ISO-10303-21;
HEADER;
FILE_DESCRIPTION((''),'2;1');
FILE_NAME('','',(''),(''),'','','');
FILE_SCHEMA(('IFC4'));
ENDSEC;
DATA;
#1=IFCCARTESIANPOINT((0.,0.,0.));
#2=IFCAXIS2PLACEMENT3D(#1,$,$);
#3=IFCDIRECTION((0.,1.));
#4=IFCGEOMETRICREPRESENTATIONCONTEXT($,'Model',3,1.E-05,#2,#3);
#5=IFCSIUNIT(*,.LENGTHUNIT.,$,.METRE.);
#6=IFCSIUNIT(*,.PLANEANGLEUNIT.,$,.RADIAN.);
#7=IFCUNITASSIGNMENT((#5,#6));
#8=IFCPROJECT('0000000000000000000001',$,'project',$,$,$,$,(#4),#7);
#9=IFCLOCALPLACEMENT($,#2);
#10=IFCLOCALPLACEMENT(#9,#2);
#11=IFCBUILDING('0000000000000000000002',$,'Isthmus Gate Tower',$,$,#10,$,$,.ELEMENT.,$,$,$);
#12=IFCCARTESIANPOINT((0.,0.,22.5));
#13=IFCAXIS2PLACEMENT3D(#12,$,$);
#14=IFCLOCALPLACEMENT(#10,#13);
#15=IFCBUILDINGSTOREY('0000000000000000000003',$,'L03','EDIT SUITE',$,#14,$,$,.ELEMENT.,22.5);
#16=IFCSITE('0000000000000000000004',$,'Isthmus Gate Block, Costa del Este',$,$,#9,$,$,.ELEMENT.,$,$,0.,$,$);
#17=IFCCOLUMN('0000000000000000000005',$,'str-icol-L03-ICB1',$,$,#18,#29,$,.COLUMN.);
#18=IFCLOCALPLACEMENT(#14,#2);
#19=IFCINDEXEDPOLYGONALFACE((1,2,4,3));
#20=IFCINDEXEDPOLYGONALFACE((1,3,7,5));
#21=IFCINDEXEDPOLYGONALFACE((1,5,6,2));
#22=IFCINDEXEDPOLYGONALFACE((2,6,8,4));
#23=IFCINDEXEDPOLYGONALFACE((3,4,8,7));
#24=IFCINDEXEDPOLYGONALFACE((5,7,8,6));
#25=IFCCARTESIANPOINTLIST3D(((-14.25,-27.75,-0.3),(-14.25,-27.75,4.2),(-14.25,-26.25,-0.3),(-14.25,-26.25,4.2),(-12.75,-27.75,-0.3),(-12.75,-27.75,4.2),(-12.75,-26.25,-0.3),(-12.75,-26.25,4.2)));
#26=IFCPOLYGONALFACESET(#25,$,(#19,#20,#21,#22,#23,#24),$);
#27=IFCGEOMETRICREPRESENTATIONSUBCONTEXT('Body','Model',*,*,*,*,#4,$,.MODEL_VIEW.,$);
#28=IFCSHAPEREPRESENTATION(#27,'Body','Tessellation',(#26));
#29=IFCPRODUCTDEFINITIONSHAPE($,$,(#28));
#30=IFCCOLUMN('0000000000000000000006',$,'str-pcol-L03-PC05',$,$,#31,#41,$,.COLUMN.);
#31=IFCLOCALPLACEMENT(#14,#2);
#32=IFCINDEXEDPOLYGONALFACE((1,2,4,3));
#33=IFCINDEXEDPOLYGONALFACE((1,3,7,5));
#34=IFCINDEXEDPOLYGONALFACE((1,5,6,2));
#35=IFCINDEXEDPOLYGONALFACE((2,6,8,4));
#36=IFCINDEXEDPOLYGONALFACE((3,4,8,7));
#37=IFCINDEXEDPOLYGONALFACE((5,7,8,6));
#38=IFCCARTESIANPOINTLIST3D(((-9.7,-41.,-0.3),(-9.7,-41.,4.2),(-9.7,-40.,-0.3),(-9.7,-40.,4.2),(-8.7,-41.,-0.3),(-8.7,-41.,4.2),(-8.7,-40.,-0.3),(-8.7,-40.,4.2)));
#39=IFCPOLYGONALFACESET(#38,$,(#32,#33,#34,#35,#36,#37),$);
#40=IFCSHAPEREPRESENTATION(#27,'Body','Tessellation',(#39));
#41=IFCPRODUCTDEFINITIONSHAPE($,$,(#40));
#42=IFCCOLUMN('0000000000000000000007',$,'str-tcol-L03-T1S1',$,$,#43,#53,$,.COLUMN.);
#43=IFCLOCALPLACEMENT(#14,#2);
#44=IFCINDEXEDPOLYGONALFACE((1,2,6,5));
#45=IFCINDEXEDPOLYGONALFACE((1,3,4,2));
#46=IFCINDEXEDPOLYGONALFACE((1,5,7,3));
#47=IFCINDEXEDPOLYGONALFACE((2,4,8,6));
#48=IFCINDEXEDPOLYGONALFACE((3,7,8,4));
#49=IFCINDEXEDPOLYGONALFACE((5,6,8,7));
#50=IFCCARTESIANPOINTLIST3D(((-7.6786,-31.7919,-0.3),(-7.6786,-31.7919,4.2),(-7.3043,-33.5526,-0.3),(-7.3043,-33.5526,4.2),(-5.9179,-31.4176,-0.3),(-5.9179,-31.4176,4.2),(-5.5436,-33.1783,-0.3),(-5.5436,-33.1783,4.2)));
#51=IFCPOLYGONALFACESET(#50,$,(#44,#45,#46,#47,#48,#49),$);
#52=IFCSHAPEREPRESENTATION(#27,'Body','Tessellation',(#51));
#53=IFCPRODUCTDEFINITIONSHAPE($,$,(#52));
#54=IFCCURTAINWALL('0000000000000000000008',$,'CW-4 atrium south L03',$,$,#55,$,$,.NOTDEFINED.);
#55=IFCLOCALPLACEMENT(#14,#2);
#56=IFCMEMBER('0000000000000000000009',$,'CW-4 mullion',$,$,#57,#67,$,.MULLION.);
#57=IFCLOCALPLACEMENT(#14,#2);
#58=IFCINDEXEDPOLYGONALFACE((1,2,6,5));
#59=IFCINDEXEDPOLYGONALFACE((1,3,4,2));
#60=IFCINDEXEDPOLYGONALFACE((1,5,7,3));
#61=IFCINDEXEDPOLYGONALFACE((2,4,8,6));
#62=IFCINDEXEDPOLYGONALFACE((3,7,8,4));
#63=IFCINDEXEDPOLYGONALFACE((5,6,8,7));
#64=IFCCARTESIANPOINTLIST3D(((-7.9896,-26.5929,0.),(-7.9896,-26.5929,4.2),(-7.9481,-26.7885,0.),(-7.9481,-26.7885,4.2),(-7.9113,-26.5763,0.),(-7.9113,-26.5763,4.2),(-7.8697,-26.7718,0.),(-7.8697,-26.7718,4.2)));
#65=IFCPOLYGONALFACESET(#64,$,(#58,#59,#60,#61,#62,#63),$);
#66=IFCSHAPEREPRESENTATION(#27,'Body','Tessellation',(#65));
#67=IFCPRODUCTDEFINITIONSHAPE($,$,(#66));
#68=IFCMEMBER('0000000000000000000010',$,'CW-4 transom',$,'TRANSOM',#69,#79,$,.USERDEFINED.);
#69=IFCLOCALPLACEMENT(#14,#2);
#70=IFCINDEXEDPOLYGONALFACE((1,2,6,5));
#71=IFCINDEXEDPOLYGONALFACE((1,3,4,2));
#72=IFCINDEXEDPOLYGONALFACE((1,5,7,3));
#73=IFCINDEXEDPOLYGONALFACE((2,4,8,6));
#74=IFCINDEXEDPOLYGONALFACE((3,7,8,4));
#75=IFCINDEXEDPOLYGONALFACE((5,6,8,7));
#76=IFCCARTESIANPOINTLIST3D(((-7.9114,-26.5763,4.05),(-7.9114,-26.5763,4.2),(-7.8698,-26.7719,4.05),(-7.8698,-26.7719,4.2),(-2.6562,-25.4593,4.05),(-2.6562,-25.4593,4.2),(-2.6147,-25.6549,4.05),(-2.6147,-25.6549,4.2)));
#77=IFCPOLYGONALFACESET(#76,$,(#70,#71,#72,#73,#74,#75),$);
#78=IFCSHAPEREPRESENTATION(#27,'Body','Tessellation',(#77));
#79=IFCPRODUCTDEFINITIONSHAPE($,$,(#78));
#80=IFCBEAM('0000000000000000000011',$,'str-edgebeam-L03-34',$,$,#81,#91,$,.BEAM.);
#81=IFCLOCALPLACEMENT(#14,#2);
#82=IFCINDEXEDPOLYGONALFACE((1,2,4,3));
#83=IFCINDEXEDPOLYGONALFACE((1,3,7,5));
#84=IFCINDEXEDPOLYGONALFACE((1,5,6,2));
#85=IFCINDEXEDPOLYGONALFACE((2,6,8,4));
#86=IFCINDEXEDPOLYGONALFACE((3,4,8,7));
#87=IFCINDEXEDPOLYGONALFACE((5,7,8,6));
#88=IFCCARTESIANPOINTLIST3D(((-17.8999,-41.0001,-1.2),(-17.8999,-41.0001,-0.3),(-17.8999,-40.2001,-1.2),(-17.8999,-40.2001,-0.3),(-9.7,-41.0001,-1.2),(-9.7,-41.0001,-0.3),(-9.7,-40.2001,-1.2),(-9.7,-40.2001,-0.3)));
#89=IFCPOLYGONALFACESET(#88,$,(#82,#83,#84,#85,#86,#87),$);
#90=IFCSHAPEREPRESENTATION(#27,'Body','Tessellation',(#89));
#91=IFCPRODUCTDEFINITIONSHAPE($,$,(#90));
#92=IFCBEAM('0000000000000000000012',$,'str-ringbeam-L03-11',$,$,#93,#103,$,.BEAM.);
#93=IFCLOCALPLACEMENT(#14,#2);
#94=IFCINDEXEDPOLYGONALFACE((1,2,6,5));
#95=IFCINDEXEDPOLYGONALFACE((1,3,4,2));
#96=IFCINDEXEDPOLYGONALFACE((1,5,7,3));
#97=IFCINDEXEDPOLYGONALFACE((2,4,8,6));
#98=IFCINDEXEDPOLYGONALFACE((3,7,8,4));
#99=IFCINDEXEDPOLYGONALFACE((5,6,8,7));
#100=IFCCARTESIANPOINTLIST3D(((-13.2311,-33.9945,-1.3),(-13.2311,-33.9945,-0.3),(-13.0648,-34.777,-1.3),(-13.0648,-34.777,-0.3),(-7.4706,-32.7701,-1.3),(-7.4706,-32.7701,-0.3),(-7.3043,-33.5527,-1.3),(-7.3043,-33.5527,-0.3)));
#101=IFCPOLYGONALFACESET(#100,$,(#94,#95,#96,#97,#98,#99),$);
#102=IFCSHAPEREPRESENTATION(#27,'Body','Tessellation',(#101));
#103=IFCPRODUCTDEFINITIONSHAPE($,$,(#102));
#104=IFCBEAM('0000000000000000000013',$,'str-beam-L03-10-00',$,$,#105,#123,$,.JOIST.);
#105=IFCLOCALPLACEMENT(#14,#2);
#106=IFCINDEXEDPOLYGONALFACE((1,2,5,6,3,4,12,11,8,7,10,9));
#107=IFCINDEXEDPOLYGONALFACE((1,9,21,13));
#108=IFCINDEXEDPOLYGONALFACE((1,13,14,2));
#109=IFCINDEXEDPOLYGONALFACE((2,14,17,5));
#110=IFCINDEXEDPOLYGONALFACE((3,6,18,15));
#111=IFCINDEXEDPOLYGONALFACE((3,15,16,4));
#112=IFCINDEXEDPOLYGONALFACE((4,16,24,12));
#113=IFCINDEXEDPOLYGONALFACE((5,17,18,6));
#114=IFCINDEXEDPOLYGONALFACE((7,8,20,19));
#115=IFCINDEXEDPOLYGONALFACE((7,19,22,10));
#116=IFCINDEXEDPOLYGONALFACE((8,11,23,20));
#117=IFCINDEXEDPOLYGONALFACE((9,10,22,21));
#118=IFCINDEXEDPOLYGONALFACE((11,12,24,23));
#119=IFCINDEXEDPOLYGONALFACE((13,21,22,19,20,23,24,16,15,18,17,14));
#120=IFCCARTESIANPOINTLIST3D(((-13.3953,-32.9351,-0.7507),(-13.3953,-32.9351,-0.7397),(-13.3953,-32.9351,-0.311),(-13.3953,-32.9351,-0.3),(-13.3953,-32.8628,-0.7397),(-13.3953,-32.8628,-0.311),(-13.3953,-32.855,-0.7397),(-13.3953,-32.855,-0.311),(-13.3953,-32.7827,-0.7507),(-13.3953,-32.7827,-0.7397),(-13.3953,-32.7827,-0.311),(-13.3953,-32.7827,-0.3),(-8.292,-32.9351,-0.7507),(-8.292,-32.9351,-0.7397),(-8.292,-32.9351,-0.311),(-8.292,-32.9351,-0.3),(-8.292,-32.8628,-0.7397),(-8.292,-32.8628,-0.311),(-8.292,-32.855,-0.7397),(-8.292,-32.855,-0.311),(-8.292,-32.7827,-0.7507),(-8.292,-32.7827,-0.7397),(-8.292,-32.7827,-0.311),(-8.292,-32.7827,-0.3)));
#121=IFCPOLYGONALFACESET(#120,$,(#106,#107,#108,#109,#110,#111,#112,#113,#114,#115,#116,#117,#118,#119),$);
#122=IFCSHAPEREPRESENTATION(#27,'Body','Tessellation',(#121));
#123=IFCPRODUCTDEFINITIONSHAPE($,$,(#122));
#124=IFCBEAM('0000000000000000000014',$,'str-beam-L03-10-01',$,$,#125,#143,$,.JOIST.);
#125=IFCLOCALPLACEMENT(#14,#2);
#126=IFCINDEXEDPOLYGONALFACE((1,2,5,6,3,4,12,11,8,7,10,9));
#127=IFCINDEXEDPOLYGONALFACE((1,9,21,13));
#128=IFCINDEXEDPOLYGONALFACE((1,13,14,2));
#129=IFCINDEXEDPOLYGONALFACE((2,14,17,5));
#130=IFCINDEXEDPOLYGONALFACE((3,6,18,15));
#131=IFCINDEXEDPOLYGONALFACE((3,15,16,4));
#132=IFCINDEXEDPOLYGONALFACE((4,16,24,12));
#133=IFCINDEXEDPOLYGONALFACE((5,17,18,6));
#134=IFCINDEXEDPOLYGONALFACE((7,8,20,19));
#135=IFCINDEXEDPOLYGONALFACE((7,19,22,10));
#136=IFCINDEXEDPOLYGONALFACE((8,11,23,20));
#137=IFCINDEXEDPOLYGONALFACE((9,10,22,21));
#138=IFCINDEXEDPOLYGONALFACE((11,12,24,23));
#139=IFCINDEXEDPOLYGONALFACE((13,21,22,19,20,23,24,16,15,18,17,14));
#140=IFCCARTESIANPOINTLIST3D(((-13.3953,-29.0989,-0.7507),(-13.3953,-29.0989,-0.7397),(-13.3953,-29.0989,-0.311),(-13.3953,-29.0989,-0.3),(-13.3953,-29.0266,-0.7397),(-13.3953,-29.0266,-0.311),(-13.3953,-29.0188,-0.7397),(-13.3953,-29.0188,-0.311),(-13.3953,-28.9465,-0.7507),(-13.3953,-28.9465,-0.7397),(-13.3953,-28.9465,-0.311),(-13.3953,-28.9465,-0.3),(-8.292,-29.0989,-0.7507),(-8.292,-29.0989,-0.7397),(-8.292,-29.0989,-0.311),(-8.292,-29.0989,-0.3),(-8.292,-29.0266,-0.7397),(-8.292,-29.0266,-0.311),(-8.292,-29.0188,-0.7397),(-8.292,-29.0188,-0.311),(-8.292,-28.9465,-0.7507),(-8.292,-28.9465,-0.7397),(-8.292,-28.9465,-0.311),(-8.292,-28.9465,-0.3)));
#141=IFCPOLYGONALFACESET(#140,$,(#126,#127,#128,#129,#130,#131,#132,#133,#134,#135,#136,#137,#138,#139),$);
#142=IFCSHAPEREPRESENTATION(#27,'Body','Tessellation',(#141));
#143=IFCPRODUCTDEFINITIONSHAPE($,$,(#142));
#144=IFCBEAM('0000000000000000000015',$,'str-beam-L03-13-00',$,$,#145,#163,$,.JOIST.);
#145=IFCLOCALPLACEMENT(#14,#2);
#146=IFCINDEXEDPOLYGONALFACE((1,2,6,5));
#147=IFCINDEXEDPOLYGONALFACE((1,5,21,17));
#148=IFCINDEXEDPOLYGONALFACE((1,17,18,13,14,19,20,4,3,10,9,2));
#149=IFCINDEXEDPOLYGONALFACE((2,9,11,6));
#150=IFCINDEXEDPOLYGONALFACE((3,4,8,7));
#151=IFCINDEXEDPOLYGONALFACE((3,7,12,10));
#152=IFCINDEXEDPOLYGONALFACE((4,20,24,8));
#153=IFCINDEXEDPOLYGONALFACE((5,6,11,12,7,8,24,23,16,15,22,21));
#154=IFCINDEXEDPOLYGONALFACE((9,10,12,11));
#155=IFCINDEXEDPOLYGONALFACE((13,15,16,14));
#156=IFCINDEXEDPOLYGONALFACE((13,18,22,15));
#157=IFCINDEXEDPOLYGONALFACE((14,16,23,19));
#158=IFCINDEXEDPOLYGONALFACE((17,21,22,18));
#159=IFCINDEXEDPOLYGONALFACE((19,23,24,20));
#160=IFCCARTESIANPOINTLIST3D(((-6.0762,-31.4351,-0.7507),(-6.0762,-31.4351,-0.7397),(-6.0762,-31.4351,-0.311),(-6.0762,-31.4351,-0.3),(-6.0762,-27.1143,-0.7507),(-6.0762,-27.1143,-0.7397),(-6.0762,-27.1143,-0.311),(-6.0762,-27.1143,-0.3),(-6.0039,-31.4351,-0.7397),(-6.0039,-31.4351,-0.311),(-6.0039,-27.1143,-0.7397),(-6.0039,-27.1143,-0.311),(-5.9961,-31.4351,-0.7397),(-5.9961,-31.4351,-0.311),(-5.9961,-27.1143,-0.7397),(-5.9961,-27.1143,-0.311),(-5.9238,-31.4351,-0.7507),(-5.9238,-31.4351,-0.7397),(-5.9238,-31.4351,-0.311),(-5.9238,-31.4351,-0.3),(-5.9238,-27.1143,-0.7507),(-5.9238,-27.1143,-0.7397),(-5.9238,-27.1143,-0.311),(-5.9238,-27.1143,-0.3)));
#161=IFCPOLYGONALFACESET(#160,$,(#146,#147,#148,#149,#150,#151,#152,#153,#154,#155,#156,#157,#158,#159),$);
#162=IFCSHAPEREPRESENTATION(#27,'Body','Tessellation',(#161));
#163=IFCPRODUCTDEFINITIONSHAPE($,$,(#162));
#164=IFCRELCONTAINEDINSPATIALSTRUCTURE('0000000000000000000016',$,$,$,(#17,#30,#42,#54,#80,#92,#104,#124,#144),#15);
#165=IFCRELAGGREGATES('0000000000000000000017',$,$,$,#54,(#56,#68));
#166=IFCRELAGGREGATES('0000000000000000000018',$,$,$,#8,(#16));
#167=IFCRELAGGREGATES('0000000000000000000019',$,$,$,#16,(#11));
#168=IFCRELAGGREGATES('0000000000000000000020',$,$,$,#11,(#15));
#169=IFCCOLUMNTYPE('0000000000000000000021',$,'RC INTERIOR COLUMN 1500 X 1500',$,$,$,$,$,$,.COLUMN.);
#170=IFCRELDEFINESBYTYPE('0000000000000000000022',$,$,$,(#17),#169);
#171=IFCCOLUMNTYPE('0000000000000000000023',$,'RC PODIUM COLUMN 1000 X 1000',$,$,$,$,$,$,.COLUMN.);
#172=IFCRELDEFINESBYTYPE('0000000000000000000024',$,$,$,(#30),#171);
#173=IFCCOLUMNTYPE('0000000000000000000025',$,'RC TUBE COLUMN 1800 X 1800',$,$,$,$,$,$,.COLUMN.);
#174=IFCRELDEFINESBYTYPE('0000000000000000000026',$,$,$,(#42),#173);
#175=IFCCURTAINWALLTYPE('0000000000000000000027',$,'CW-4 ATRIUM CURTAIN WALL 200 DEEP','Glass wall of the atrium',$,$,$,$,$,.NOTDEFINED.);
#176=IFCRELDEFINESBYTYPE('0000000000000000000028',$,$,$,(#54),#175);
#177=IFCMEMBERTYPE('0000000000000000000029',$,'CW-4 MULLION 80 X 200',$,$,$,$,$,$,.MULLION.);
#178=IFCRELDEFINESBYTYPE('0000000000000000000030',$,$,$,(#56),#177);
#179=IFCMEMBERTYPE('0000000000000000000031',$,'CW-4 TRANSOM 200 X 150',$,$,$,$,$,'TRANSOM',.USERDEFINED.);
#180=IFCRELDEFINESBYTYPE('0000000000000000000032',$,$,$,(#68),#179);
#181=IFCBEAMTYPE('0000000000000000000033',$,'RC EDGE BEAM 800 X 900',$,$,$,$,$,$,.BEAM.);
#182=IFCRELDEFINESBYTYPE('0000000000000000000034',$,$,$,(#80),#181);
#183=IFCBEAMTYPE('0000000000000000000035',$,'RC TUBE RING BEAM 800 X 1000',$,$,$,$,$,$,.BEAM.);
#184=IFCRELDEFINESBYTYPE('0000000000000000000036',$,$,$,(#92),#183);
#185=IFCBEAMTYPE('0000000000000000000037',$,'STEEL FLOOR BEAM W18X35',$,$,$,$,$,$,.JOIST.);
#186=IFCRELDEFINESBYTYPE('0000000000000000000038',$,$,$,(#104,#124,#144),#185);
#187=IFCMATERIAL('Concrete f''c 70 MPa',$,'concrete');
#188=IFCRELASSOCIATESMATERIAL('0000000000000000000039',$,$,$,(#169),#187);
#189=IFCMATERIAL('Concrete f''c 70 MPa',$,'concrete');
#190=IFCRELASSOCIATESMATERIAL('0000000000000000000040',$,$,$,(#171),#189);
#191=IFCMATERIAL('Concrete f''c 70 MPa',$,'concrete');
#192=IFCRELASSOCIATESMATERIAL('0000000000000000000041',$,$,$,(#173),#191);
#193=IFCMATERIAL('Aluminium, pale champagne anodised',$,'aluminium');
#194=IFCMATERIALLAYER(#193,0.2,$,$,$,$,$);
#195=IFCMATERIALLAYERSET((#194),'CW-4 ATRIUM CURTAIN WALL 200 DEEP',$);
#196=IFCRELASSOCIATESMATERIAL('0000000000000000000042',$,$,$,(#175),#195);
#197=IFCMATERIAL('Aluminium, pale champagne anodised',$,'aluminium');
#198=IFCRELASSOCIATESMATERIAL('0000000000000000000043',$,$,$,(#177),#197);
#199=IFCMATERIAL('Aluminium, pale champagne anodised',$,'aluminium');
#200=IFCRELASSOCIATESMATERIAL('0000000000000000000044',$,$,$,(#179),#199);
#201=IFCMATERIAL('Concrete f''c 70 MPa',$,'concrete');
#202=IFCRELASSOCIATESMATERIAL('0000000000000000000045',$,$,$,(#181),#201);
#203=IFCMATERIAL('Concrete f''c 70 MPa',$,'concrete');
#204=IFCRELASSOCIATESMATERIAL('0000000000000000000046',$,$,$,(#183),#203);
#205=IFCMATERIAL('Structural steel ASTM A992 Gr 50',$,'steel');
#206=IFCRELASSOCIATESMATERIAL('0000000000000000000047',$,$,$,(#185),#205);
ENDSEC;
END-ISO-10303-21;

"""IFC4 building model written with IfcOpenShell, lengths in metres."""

from ifc_helpers import new_model, si_unit, direction, frame, origin, origin_2d, place, context, subcontext, project, spatial, rectangle, i_section, extrude, material, layer, layer_set, material_profile, profile_set, type_object, element, aggregate, save


model = new_model("IFC4")

# Units and contexts
model_context = context("Model", 3, precision=1e-05, world=origin(), true_north=direction((0.0, 1.0)))
body_context = subcontext(model_context, "Body", "Model", "MODEL_VIEW")
ifc_project = project(units=[si_unit("LENGTHUNIT", "METRE"), si_unit("PLANEANGLEUNIT", "RADIAN")], contexts=[model_context])

# Site, building, storey
site_placement = place(None, origin())
site = spatial("IfcSite", under=ifc_project, at=site_placement, Name="Isthmus Gate Block, Costa del Este", CompositionType="ELEMENT", RefElevation=0.0)
building_placement = place(site_placement, origin())
building = spatial("IfcBuilding", under=site, at=building_placement, Name="Isthmus Gate Tower", CompositionType="ELEMENT")
storey_placement = place(building_placement, frame((0.0, 0.0, 22.5)))
storey = spatial("IfcBuildingStorey", under=building, at=storey_placement, Name="L03", Description="EDIT SUITE", CompositionType="ELEMENT", Elevation=22.5)

# Columns
ifc_material_1 = material(Name="Concrete f'c 70 MPa", Category="concrete")
ifc_material_profile_1 = material_profile(ifc_material_1, rectangle(XDim=1.5, YDim=1.5, at=origin_2d()), Name="RC 1500X1500")
ifc_profile_set_1 = profile_set([ifc_material_profile_1], Name="Concrete f'c 70 MPa")
column_type_1 = type_object("IfcColumnType", Name="RC INTERIOR COLUMN 1500 X 1500", PredefinedType="COLUMN", material=ifc_profile_set_1)
column_1_placement = place(storey_placement, frame((-13.5, -27.0, -0.3), z_axis=(0.0, 0.0, 1.0), x_axis=(1.0, 0.0, 0.0)))
element("IfcColumn", 1, at=column_1_placement, inside=storey, type_object=column_type_1, Name="str-icol-L03-ICB1", PredefinedType="COLUMN", context=body_context, shape_type="SweptSolid", body=[
    extrude(rectangle(XDim=1.5, YDim=1.5, at=origin_2d()), origin(), (0.0, 0.0, 1.0), 4.5),
])
ifc_material_2 = material(Name="Concrete f'c 70 MPa", Category="concrete")
ifc_material_profile_2 = material_profile(ifc_material_2, rectangle(XDim=1.0, YDim=1.0, at=origin_2d()), Name="RC 1000X1000")
ifc_profile_set_2 = profile_set([ifc_material_profile_2], Name="Concrete f'c 70 MPa")
column_type_2 = type_object("IfcColumnType", Name="RC PODIUM COLUMN 1000 X 1000", PredefinedType="COLUMN", material=ifc_profile_set_2)
column_2_placement = place(storey_placement, frame((-9.2, -40.5, -0.3), z_axis=(0.0, 0.0, 1.0), x_axis=(1.0, 0.0, 0.0)))
element("IfcColumn", 2, at=column_2_placement, inside=storey, type_object=column_type_2, Name="str-pcol-L03-PC05", PredefinedType="COLUMN", context=body_context, shape_type="SweptSolid", body=[
    extrude(rectangle(XDim=1.0, YDim=1.0, at=origin_2d()), origin(), (0.0, 0.0, 1.0), 4.5),
])
ifc_material_3 = material(Name="Concrete f'c 70 MPa", Category="concrete")
ifc_material_profile_3 = material_profile(ifc_material_3, rectangle(XDim=1.8, YDim=1.8, at=origin_2d()), Name="RC 1800X1800")
ifc_profile_set_3 = profile_set([ifc_material_profile_3], Name="Concrete f'c 70 MPa")
column_type_3 = type_object("IfcColumnType", Name="RC TUBE COLUMN 1800 X 1800", PredefinedType="COLUMN", material=ifc_profile_set_3)
column_3_placement = place(storey_placement, frame((-6.6111, -32.4851, -0.3), z_axis=(0.0, 0.0, 1.0), x_axis=(0.978148, 0.207912, 0.0)))
element("IfcColumn", 3, at=column_3_placement, inside=storey, type_object=column_type_3, Name="str-tcol-L03-T1S1", PredefinedType="COLUMN", context=body_context, shape_type="SweptSolid", body=[
    extrude(rectangle(XDim=1.8, YDim=1.8, at=origin_2d()), origin(), (0.0, 0.0, 1.0), 4.5),
])

# Curtain wall, members
ifc_material_4 = material(Name="Aluminium, pale champagne anodised", Category="aluminium")
ifc_layer_1 = layer(ifc_material_4, 0.2)
ifc_layer_set_1 = layer_set([ifc_layer_1], Name="CW-4 ATRIUM CURTAIN WALL 200 DEEP")
curtain_wall_type = type_object("IfcCurtainWallType", Name="CW-4 ATRIUM CURTAIN WALL 200 DEEP", Description="Glass wall of the atrium", PredefinedType="NOTDEFINED", material=ifc_layer_set_1)
curtain_wall_placement = place(storey_placement, origin())
curtain_wall = element("IfcCurtainWall", 4, at=curtain_wall_placement, inside=storey, type_object=curtain_wall_type, Name="CW-4 atrium south L03", PredefinedType="NOTDEFINED")
ifc_material_5 = material(Name="Aluminium, pale champagne anodised", Category="aluminium")
ifc_material_profile_4 = material_profile(ifc_material_5, rectangle(XDim=0.0801, YDim=0.2, at=origin_2d()), Name="80x200")
ifc_profile_set_4 = profile_set([ifc_material_profile_4], Name="Aluminium, pale champagne anodised")
member_type_1 = type_object("IfcMemberType", Name="CW-4 MULLION 80 X 200", PredefinedType="MULLION", material=ifc_profile_set_4)
member_1_placement = place(storey_placement, frame((-7.9297, -26.6824, 0.0), z_axis=(0.0, 0.0, 1.0), x_axis=(0.978148, 0.207912, 0.0)))
member_1 = element("IfcMember", 5, at=member_1_placement, type_object=member_type_1, Name="CW-4 mullion", PredefinedType="MULLION", context=body_context, shape_type="SweptSolid", body=[
    extrude(rectangle(XDim=0.0801, YDim=0.2, at=origin_2d()), origin(), (0.0, 0.0, 1.0), 4.2),
])
ifc_material_6 = material(Name="Aluminium, pale champagne anodised", Category="aluminium")
ifc_material_profile_5 = material_profile(ifc_material_6, rectangle(XDim=0.2, YDim=0.1499, at=origin_2d()), Name="200x150")
ifc_profile_set_5 = profile_set([ifc_material_profile_5], Name="Aluminium, pale champagne anodised")
member_type_2 = type_object("IfcMemberType", Name="CW-4 TRANSOM 200 X 150", ElementType="TRANSOM", PredefinedType="USERDEFINED", material=ifc_profile_set_5)
member_2_placement = place(storey_placement, frame((-7.8906, -26.6741, 4.125), z_axis=(0.97815, 0.2079, 0.0), x_axis=(-0.2079, 0.97815, 0.0)))
member_2 = element("IfcMember", 6, at=member_2_placement, type_object=member_type_2, Name="CW-4 transom", ObjectType="TRANSOM", PredefinedType="USERDEFINED", context=body_context, shape_type="SweptSolid", body=[
    extrude(rectangle(XDim=0.2, YDim=0.1499, at=origin_2d()), origin(), (0.0, 0.0, 1.0), 5.3726),
])
aggregate(curtain_wall, [member_1, member_2])

# Beams
ifc_material_7 = material(Name="Concrete f'c 70 MPa", Category="concrete")
ifc_material_profile_6 = material_profile(ifc_material_7, rectangle(XDim=0.8, YDim=0.8999, at=origin_2d()), Name="RC 800X900")
ifc_profile_set_6 = profile_set([ifc_material_profile_6], Name="Concrete f'c 70 MPa")
beam_type_1 = type_object("IfcBeamType", Name="RC EDGE BEAM 800 X 900", PredefinedType="BEAM", material=ifc_profile_set_6)
beam_1_placement = place(storey_placement, frame((-9.7, -40.6001, -0.75), z_axis=(-1.0, 0.0, 0.0), x_axis=(0.0, -1.0, 0.0)))
element("IfcBeam", 7, at=beam_1_placement, inside=storey, type_object=beam_type_1, Name="str-edgebeam-L03-34", PredefinedType="BEAM", context=body_context, shape_type="SweptSolid", body=[
    extrude(rectangle(XDim=0.8, YDim=0.8999, at=origin_2d()), origin(), (0.0, 0.0, 1.0), 8.2),
])
ifc_material_8 = material(Name="Concrete f'c 70 MPa", Category="concrete")
ifc_material_profile_7 = material_profile(ifc_material_8, rectangle(XDim=0.8, YDim=1.0, at=origin_2d()), Name="RC 800X1000")
ifc_profile_set_7 = profile_set([ifc_material_profile_7], Name="Concrete f'c 70 MPa")
beam_type_2 = type_object("IfcBeamType", Name="RC TUBE RING BEAM 800 X 1000", PredefinedType="BEAM", material=ifc_profile_set_7)
beam_2_placement = place(storey_placement, frame((-7.3875, -33.1614, -0.8), z_axis=(-0.97815, -0.207901, 0.0), x_axis=(0.207901, -0.97815, 0.0)))
element("IfcBeam", 8, at=beam_2_placement, inside=storey, type_object=beam_type_2, Name="str-ringbeam-L03-11", PredefinedType="BEAM", context=body_context, shape_type="SweptSolid", body=[
    extrude(rectangle(XDim=0.8, YDim=1.0, at=origin_2d()), origin(), (0.0, 0.0, 1.0), 5.8892),
])
ifc_material_9 = material(Name="Structural steel ASTM A992 Gr 50", Category="steel")
ifc_material_profile_8 = material_profile(ifc_material_9, i_section(OverallWidth=0.1523, OverallDepth=0.4507, WebThickness=0.0078, FlangeThickness=0.011, at=origin_2d()), Name="W18X35")
ifc_profile_set_8 = profile_set([ifc_material_profile_8], Name="Structural steel ASTM A992 Gr 50")
beam_type_3 = type_object("IfcBeamType", Name="STEEL FLOOR BEAM W18X35", PredefinedType="JOIST", material=ifc_profile_set_8)
for number, where, z_axis, x_axis, name in (
    (9, (-13.3953, -32.8589, -0.5254), (1.0, 0.0, 0.0), (0.0, 1.0, 0.0), "str-beam-L03-10-00"),
    (10, (-13.3953, -29.0227, -0.5254), (1.0, 0.0, 0.0), (0.0, 1.0, 0.0), "str-beam-L03-10-01"),
):
    element("IfcBeam", number, at=place(storey_placement, frame(where, z_axis=z_axis, x_axis=x_axis)), inside=storey, type_object=beam_type_3, Name=name, PredefinedType="JOIST", context=body_context, shape_type="SweptSolid", body=[
        extrude(i_section(OverallWidth=0.1523, OverallDepth=0.4507, WebThickness=0.0078, FlangeThickness=0.011, at=origin_2d()), origin(), (0.0, 0.0, 1.0), 5.1033),
    ])
beam_3_placement = place(storey_placement, frame((-6.0, -31.4351, -0.5254), z_axis=(0.0, 1.0, 0.0), x_axis=(-1.0, 0.0, 0.0)))
element("IfcBeam", 11, at=beam_3_placement, inside=storey, type_object=beam_type_3, Name="str-beam-L03-13-00", PredefinedType="JOIST", context=body_context, shape_type="SweptSolid", body=[
    extrude(i_section(OverallWidth=0.1523, OverallDepth=0.4507, WebThickness=0.0078, FlangeThickness=0.011, at=origin_2d()), origin(), (0.0, 0.0, 1.0), 4.3208),
])

save(model, "model.ifc")
